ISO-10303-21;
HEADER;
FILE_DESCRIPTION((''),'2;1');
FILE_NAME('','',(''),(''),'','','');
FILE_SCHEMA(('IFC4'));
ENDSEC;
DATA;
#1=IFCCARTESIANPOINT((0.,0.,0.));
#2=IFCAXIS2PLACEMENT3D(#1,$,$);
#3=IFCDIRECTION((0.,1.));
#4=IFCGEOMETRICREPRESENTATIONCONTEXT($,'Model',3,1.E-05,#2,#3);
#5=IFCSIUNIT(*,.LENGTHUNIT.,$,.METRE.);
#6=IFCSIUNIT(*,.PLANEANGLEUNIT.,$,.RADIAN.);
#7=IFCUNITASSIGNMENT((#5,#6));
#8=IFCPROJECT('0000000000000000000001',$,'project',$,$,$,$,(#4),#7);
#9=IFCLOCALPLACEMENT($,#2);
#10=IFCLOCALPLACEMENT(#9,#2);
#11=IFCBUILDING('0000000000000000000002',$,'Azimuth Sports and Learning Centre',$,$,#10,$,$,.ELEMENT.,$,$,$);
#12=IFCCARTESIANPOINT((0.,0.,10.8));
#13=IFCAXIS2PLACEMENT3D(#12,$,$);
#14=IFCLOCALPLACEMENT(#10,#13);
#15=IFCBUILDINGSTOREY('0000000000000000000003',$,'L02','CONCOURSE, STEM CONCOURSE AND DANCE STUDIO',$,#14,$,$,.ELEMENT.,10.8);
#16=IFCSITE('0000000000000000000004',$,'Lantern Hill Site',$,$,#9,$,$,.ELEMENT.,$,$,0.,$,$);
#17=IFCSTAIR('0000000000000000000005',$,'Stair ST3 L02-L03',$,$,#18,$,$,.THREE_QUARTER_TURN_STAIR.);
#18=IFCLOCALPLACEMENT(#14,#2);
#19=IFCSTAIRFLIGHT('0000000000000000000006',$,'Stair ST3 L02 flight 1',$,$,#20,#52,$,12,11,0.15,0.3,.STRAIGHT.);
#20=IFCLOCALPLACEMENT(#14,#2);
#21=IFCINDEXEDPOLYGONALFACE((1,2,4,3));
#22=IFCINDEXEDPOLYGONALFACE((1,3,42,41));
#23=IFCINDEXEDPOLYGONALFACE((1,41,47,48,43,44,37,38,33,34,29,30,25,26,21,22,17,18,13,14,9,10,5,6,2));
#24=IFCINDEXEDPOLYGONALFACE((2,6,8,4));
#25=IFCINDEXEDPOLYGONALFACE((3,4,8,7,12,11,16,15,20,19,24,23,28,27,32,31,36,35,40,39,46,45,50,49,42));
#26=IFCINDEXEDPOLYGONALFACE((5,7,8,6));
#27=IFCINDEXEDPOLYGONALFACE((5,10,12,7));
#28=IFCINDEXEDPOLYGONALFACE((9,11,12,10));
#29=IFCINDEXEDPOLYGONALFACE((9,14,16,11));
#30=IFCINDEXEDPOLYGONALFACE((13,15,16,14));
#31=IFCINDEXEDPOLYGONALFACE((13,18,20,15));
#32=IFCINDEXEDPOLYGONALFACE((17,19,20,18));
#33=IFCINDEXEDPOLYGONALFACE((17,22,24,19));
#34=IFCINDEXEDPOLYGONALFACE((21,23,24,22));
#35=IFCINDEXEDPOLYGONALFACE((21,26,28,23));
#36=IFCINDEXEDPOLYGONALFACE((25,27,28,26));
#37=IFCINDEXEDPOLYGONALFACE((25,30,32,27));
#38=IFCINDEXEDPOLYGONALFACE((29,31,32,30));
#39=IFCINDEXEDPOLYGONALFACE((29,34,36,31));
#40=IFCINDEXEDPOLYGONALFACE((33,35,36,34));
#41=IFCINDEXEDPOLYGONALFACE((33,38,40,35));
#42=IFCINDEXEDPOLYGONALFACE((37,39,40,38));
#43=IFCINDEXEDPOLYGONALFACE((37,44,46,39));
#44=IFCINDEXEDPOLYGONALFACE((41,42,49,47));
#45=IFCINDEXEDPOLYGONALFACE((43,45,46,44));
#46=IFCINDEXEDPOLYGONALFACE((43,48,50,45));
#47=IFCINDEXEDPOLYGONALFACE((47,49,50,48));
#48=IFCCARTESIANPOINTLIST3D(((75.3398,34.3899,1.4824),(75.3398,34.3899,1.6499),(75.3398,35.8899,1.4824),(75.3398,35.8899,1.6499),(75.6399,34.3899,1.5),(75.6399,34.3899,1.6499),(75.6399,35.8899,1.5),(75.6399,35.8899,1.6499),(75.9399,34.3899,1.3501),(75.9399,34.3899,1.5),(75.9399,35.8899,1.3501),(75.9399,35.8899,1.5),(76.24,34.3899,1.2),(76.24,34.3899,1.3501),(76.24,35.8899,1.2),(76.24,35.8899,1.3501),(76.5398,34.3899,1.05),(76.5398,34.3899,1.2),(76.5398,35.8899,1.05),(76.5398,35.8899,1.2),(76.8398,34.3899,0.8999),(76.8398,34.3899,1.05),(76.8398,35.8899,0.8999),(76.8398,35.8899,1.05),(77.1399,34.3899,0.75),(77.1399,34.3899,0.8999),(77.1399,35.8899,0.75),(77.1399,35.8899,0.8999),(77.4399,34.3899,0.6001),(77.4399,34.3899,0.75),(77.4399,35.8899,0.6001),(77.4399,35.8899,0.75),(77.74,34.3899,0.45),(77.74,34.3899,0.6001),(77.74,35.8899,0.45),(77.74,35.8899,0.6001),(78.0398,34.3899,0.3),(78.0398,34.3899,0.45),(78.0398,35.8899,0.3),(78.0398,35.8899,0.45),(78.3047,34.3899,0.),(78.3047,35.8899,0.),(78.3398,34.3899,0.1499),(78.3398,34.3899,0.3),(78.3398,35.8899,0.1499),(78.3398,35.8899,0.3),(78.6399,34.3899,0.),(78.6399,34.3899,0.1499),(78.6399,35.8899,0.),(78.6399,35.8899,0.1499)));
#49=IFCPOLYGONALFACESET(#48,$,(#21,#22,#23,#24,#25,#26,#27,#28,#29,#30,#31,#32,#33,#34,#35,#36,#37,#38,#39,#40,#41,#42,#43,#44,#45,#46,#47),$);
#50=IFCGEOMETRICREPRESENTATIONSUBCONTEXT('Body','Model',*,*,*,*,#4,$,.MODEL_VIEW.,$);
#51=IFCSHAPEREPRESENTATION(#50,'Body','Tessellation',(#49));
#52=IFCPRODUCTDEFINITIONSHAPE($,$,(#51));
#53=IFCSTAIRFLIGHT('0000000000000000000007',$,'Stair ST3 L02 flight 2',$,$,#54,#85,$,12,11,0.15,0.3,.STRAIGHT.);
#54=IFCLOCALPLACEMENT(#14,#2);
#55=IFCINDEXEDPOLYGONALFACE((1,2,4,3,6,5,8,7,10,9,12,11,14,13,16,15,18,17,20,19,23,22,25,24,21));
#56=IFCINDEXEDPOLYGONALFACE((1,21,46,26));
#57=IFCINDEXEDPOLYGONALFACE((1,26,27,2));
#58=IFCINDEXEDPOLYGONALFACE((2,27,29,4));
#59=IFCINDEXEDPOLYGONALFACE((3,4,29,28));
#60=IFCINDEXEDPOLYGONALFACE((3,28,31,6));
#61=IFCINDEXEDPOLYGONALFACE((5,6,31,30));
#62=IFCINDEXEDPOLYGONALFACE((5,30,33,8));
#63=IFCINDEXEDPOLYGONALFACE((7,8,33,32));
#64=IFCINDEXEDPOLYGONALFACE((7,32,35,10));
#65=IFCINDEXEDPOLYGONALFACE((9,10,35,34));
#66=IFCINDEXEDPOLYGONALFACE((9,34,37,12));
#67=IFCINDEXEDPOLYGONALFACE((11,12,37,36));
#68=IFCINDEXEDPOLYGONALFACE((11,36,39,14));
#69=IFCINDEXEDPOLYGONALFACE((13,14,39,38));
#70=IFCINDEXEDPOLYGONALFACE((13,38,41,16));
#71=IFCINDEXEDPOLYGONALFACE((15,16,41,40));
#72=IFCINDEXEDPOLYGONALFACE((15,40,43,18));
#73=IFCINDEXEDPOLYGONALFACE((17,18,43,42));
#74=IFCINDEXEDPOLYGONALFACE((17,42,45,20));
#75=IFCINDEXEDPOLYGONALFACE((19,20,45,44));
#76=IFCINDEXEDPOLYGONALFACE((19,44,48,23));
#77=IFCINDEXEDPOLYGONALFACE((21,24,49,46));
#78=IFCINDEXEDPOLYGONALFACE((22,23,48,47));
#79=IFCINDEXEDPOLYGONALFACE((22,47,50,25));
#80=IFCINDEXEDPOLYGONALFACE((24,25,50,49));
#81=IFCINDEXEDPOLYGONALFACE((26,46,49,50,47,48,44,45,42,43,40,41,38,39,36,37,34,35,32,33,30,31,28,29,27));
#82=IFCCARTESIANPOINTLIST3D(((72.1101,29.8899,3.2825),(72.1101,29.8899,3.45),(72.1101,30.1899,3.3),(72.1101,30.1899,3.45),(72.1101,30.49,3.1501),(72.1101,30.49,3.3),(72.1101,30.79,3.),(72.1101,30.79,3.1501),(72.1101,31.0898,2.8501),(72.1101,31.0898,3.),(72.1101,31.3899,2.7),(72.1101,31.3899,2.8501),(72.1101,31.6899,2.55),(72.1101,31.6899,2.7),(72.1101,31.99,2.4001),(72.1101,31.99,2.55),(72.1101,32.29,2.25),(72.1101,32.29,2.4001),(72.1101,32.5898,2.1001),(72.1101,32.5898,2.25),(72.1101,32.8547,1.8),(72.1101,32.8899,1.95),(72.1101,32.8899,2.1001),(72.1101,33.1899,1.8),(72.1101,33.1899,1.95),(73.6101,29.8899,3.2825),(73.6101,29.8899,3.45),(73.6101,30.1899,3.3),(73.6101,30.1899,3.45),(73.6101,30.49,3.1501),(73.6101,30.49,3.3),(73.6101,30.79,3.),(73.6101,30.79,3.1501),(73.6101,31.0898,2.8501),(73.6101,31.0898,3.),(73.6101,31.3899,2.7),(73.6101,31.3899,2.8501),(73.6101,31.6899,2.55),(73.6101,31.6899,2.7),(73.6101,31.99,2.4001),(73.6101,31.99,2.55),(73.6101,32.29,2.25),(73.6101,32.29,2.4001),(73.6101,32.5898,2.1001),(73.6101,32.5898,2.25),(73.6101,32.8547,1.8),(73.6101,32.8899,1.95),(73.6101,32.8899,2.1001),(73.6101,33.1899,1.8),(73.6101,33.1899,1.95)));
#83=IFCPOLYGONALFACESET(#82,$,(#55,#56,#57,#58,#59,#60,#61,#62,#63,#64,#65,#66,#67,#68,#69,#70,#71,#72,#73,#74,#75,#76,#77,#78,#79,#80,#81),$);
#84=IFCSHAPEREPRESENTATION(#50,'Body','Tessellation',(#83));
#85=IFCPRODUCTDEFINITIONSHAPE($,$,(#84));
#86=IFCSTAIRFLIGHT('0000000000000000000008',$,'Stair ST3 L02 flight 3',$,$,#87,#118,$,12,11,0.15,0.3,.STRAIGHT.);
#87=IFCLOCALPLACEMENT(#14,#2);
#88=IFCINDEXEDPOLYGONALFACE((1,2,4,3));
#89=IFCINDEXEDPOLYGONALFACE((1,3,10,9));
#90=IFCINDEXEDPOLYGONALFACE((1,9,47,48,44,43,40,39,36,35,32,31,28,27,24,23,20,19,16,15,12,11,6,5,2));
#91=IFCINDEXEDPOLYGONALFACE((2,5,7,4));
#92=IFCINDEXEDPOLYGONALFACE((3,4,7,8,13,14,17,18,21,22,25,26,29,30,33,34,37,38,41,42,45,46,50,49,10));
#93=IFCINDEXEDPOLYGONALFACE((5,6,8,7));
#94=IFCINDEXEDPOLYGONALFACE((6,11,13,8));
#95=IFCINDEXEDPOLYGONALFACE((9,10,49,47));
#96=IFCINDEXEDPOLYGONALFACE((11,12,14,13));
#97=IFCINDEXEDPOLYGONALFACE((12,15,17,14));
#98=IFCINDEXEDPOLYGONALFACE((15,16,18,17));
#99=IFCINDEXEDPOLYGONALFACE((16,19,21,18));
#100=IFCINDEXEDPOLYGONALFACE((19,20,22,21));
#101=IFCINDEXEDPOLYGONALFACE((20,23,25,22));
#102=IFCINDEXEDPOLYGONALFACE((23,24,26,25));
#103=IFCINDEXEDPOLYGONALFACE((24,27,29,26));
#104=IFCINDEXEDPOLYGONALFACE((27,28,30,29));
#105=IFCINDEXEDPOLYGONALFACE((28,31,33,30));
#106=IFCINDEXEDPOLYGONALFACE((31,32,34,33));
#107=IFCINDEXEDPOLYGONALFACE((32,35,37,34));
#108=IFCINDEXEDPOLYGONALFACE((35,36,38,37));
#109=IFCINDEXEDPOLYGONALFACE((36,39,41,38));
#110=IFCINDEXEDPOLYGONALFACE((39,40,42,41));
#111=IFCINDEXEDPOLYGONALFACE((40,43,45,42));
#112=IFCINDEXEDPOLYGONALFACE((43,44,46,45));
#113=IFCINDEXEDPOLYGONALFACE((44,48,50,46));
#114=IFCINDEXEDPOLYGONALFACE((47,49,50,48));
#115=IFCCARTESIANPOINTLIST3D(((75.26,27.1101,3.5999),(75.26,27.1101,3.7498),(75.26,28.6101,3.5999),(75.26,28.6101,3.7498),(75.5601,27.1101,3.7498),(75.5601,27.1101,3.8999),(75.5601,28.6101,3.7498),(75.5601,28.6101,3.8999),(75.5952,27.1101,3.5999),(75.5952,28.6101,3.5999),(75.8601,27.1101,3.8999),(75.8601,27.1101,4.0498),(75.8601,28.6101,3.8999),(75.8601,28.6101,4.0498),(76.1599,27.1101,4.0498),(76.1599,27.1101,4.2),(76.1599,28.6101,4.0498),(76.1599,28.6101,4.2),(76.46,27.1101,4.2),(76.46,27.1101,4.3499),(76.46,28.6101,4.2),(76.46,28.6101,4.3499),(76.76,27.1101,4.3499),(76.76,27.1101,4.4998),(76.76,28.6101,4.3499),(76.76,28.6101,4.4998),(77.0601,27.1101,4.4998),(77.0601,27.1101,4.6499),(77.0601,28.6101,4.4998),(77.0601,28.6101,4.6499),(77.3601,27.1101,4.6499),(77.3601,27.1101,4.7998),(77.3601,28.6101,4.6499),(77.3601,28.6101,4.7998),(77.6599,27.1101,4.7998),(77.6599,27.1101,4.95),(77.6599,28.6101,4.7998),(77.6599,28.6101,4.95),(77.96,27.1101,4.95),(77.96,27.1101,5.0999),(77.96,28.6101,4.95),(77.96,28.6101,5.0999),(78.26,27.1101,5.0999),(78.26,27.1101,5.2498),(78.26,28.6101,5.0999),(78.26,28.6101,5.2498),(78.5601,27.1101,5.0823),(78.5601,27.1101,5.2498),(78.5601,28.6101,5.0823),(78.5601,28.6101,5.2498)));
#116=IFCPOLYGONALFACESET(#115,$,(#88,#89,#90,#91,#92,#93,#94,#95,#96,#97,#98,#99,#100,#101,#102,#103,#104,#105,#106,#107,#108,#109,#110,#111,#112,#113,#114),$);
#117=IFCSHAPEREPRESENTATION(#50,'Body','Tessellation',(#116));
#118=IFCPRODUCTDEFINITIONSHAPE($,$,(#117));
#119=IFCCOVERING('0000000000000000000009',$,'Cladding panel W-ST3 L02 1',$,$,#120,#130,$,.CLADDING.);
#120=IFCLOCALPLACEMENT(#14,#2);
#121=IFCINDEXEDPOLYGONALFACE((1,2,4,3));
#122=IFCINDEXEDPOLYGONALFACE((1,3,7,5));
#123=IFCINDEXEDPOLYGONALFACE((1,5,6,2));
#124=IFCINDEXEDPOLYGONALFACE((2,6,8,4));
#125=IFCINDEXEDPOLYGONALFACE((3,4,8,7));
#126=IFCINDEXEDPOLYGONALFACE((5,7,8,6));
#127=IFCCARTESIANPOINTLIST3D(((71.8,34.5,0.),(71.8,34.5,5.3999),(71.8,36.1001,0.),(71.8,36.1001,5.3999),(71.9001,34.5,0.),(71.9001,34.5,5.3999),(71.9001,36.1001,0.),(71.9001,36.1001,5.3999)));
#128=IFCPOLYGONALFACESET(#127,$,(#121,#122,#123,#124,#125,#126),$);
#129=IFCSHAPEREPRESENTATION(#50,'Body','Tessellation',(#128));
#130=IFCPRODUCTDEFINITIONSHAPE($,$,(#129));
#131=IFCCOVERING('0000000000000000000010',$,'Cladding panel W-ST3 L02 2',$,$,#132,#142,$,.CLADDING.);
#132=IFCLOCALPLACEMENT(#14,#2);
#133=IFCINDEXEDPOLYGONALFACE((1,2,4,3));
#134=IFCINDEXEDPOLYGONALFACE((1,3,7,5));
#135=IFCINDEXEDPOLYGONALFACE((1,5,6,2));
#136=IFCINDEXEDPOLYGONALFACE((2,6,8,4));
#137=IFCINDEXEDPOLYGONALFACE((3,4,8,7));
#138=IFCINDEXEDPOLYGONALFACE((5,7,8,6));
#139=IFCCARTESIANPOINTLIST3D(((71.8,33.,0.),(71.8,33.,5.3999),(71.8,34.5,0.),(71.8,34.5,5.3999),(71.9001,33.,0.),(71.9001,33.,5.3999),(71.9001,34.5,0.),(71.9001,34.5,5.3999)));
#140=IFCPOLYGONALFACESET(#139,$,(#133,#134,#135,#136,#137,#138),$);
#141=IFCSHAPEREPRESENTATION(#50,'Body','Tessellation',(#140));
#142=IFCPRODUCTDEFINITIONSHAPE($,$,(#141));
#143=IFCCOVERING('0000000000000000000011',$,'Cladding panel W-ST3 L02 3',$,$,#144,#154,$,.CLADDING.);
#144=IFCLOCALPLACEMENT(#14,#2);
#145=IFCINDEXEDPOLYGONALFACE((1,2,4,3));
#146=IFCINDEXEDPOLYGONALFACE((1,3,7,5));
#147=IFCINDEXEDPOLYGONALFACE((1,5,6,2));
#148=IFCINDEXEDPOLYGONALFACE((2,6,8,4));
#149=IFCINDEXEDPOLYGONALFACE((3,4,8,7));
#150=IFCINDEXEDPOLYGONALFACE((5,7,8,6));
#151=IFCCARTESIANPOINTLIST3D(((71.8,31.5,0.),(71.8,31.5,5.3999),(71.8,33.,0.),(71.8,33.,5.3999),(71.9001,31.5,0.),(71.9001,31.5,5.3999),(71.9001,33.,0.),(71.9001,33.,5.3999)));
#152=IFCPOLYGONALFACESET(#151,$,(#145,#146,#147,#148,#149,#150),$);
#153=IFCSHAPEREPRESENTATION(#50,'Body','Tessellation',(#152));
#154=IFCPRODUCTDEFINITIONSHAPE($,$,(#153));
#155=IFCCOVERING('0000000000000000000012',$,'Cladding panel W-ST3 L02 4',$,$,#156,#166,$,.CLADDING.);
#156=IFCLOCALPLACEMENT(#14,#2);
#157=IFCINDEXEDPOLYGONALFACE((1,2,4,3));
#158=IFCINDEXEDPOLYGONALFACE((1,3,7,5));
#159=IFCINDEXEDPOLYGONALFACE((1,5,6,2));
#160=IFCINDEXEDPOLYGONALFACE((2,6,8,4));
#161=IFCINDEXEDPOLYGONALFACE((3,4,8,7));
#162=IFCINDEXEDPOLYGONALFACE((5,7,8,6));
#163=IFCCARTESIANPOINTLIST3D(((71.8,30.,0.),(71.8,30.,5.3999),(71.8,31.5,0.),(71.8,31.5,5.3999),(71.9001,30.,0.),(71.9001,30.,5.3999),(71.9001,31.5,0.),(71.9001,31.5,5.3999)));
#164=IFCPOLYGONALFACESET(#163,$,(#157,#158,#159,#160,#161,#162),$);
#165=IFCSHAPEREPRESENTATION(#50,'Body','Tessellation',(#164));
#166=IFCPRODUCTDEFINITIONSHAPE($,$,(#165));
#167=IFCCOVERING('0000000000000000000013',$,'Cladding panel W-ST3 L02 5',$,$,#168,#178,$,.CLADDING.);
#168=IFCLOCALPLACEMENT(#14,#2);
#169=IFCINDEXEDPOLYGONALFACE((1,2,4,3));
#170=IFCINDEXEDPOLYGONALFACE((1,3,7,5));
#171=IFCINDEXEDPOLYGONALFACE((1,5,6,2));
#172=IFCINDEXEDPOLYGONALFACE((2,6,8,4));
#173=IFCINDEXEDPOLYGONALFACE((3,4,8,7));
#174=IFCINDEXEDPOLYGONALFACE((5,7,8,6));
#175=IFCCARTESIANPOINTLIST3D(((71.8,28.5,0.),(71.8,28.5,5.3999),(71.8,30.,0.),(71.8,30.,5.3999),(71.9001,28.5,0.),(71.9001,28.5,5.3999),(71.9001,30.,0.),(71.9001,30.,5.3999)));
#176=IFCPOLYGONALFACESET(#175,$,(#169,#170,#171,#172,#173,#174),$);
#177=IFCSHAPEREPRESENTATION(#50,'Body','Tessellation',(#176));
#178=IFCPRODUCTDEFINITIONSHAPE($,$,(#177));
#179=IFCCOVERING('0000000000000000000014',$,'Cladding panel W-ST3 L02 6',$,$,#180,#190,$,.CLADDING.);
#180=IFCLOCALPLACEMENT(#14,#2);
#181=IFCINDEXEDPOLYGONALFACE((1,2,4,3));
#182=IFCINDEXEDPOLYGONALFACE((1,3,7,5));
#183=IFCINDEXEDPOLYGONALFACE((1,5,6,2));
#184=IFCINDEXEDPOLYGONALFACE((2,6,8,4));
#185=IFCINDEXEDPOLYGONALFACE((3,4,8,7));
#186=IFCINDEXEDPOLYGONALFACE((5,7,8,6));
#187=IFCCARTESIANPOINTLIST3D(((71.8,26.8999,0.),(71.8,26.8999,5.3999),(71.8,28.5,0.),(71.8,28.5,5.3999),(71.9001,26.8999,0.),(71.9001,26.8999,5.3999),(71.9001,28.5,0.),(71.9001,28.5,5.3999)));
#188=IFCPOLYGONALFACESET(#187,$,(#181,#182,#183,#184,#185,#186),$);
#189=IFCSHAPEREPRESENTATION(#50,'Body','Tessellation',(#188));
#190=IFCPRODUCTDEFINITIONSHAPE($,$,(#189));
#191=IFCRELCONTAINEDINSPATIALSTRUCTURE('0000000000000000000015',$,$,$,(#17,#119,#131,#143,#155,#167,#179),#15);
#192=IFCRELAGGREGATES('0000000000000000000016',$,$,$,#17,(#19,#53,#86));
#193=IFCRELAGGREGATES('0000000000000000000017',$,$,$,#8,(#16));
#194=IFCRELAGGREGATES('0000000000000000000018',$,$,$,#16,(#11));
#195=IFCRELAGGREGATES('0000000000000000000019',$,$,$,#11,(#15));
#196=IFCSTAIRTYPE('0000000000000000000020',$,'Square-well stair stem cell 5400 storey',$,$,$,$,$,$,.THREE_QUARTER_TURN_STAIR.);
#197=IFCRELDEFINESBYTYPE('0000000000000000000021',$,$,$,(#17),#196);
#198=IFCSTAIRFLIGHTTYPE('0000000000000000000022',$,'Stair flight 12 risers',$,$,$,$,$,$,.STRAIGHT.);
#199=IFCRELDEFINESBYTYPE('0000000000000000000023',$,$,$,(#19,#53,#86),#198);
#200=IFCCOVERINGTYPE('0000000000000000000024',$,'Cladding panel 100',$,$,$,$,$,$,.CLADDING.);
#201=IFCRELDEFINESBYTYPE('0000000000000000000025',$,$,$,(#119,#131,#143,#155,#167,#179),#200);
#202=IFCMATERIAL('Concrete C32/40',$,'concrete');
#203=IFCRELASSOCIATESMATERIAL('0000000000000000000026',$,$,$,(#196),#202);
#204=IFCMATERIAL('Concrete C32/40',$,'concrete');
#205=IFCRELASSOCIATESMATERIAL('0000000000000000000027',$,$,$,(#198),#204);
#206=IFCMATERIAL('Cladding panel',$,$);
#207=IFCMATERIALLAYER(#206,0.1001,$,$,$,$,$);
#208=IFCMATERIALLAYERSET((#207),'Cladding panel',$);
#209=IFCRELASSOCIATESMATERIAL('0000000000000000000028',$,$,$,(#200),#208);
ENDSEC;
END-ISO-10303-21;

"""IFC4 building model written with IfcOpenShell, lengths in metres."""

from ifc_helpers import new_model, si_unit, direction, frame, origin, origin_2d, place, context, subcontext, project, spatial, polyline, rectangle, outline, extrude, material, layer, layer_set, type_object, element, aggregate, save


model = new_model("IFC4")

# Units and contexts
model_context = context("Model", 3, precision=1e-05, world=origin(), true_north=direction((0.0, 1.0)))
body_context = subcontext(model_context, "Body", "Model", "MODEL_VIEW")
ifc_project = project(units=[si_unit("LENGTHUNIT", "METRE"), si_unit("PLANEANGLEUNIT", "RADIAN")], contexts=[model_context])

# Site, building, storey
site_placement = place(None, origin())
site = spatial("IfcSite", under=ifc_project, at=site_placement, Name="Lantern Hill Site", CompositionType="ELEMENT", RefElevation=0.0)
building_placement = place(site_placement, origin())
building = spatial("IfcBuilding", under=site, at=building_placement, Name="Azimuth Sports and Learning Centre", CompositionType="ELEMENT")
storey_placement = place(building_placement, frame((0.0, 0.0, 10.8)))
storey = spatial("IfcBuildingStorey", under=building, at=storey_placement, Name="L02", Description="CONCOURSE, STEM CONCOURSE AND DANCE STUDIO", CompositionType="ELEMENT", Elevation=10.8)

# Stair, stair flights
ifc_material_1 = material(Name="Concrete C32/40", Category="concrete")
stair_type = type_object("IfcStairType", Name="Square-well stair stem cell 5400 storey", PredefinedType="THREE_QUARTER_TURN_STAIR", material=ifc_material_1)
stair_placement = place(storey_placement, origin())
stair = element("IfcStair", 1, at=stair_placement, inside=storey, type_object=stair_type, Name="Stair ST3 L02-L03", PredefinedType="THREE_QUARTER_TURN_STAIR")
ifc_material_2 = material(Name="Concrete C32/40", Category="concrete")
stair_flight_type = type_object("IfcStairFlightType", Name="Stair flight 12 risers", PredefinedType="STRAIGHT", material=ifc_material_2)
stair_flight_1_placement = place(storey_placement, frame((78.6399, 35.1399, 0.0), z_axis=(0.0, 0.0, 1.0), x_axis=(-1.0, 0.0, 0.0)))
stair_flight_1 = element("IfcStairFlight", 2, at=stair_flight_1_placement, type_object=stair_flight_type, Name="Stair ST3 L02 flight 1", NumberOfRisers=12, NumberOfTreads=11, PredefinedType="STRAIGHT", RiserHeight=0.15, TreadLength=0.3, context=body_context, shape_type="SweptSolid", body=[
    extrude(outline(polyline([(0.0, 0.0), (0.0, 0.1499), (0.3, 0.1499), (0.3, 0.3), (0.6001, 0.3), (0.6001, 0.45), (0.8999, 0.45), (0.8999, 0.6001), (1.2, 0.6001), (1.2, 0.75), (1.5, 0.75), (1.5, 0.8999), (1.8, 0.8999), (1.8, 1.05), (2.1001, 1.05), (2.1001, 1.2), (2.3999, 1.2), (2.3999, 1.3501), (2.7, 1.3501), (2.7, 1.5), (3.0, 1.5), (3.0, 1.6499), (3.3, 1.6499), (3.3, 1.8), (3.3, 1.4824), (0.3352, 0.0), (0.0, 0.0)])), frame((0.0, 0.75, 0.0), z_axis=(0.0, -1.0, 0.0), x_axis=(1.0, 0.0, 0.0)), (0.0, 0.0, 1.0), 1.5),
])
stair_flight_2_placement = place(storey_placement, frame((72.8601, 33.1899, 1.8), z_axis=(0.0, 0.0, 1.0), x_axis=(0.0, -1.0, 0.0)))
stair_flight_2 = element("IfcStairFlight", 3, at=stair_flight_2_placement, type_object=stair_flight_type, Name="Stair ST3 L02 flight 2", NumberOfRisers=12, NumberOfTreads=11, PredefinedType="STRAIGHT", RiserHeight=0.15, TreadLength=0.3, context=body_context, shape_type="SweptSolid", body=[
    extrude(outline(polyline([(0.0, 0.0), (0.0, 0.1499), (0.3, 0.1499), (0.3, 0.3), (0.6001, 0.3), (0.6001, 0.45), (0.8999, 0.45), (0.8999, 0.6001), (1.2, 0.6001), (1.2, 0.75), (1.5, 0.75), (1.5, 0.8999), (1.8, 0.8999), (1.8, 1.05), (2.1001, 1.05), (2.1001, 1.2), (2.3999, 1.2), (2.3999, 1.3501), (2.7, 1.3501), (2.7, 1.5), (3.0, 1.5), (3.0, 1.6499), (3.3, 1.6499), (3.3, 1.8), (3.3, 1.4824), (0.3352, 0.0), (0.0, 0.0)])), frame((0.0, 0.75, 0.0), z_axis=(0.0, -1.0, 0.0), x_axis=(1.0, 0.0, 0.0)), (0.0, 0.0, 1.0), 1.5),
])
stair_flight_3_placement = place(storey_placement, frame((75.26, 27.8601, 3.5999), z_axis=(0.0, 0.0, 1.0), x_axis=(1.0, 0.0, 0.0)))
stair_flight_3 = element("IfcStairFlight", 4, at=stair_flight_3_placement, type_object=stair_flight_type, Name="Stair ST3 L02 flight 3", NumberOfRisers=12, NumberOfTreads=11, PredefinedType="STRAIGHT", RiserHeight=0.15, TreadLength=0.3, context=body_context, shape_type="SweptSolid", body=[
    extrude(outline(polyline([(0.0, 0.0), (0.0, 0.1499), (0.3, 0.1499), (0.3, 0.3), (0.6001, 0.3), (0.6001, 0.45), (0.8999, 0.45), (0.8999, 0.6001), (1.2, 0.6001), (1.2, 0.75), (1.5, 0.75), (1.5, 0.8999), (1.8, 0.8999), (1.8, 1.05), (2.1001, 1.05), (2.1001, 1.2), (2.3999, 1.2), (2.3999, 1.3501), (2.7, 1.3501), (2.7, 1.5), (3.0, 1.5), (3.0, 1.6499), (3.3, 1.6499), (3.3, 1.8), (3.3, 1.4824), (0.3352, 0.0), (0.0, 0.0)])), frame((0.0, 0.75, 0.0), z_axis=(0.0, -1.0, 0.0), x_axis=(1.0, 0.0, 0.0)), (0.0, 0.0, 1.0), 1.5),
])
aggregate(stair, [stair_flight_1, stair_flight_2, stair_flight_3])

# Coverings
ifc_material_3 = material(Name="Cladding panel")
ifc_layer_1 = layer(ifc_material_3, 0.1001)
ifc_layer_set_1 = layer_set([ifc_layer_1], Name="Cladding panel")
covering_type = type_object("IfcCoveringType", Name="Cladding panel 100", PredefinedType="CLADDING", material=ifc_layer_set_1)
covering_1_placement = place(storey_placement, frame((71.8501, 35.3, 0.0), z_axis=(0.0, 0.0, 1.0), x_axis=(0.0, -1.0, 0.0)))
element("IfcCovering", 5, at=covering_1_placement, inside=storey, type_object=covering_type, Name="Cladding panel W-ST3 L02 1", PredefinedType="CLADDING", context=body_context, shape_type="SweptSolid", body=[
    extrude(rectangle(XDim=1.6001, YDim=0.1001, at=origin_2d()), origin(), (0.0, 0.0, 1.0), 5.3999),
])
for number, where, z_axis, x_axis, name in (
    (6, (71.8501, 33.75, 0.0), (0.0, 0.0, 1.0), (0.0, -1.0, 0.0), "Cladding panel W-ST3 L02 2"),
    (7, (71.8501, 32.25, 0.0), (0.0, 0.0, 1.0), (0.0, -1.0, 0.0), "Cladding panel W-ST3 L02 3"),
    (8, (71.8501, 30.75, 0.0), (0.0, 0.0, 1.0), (0.0, -1.0, 0.0), "Cladding panel W-ST3 L02 4"),
    (9, (71.8501, 29.25, 0.0), (0.0, 0.0, 1.0), (0.0, -1.0, 0.0), "Cladding panel W-ST3 L02 5"),
):
    element("IfcCovering", number, at=place(storey_placement, frame(where, z_axis=z_axis, x_axis=x_axis)), inside=storey, type_object=covering_type, Name=name, PredefinedType="CLADDING", context=body_context, shape_type="SweptSolid", body=[
        extrude(rectangle(XDim=1.5, YDim=0.1001, at=origin_2d()), origin(), (0.0, 0.0, 1.0), 5.3999),
    ])
covering_2_placement = place(storey_placement, frame((71.8501, 27.7, 0.0), z_axis=(0.0, 0.0, 1.0), x_axis=(0.0, -1.0, 0.0)))
element("IfcCovering", 10, at=covering_2_placement, inside=storey, type_object=covering_type, Name="Cladding panel W-ST3 L02 6", PredefinedType="CLADDING", context=body_context, shape_type="SweptSolid", body=[
    extrude(rectangle(XDim=1.6001, YDim=0.1001, at=origin_2d()), origin(), (0.0, 0.0, 1.0), 5.3999),
])

save(model, "model.ifc")
